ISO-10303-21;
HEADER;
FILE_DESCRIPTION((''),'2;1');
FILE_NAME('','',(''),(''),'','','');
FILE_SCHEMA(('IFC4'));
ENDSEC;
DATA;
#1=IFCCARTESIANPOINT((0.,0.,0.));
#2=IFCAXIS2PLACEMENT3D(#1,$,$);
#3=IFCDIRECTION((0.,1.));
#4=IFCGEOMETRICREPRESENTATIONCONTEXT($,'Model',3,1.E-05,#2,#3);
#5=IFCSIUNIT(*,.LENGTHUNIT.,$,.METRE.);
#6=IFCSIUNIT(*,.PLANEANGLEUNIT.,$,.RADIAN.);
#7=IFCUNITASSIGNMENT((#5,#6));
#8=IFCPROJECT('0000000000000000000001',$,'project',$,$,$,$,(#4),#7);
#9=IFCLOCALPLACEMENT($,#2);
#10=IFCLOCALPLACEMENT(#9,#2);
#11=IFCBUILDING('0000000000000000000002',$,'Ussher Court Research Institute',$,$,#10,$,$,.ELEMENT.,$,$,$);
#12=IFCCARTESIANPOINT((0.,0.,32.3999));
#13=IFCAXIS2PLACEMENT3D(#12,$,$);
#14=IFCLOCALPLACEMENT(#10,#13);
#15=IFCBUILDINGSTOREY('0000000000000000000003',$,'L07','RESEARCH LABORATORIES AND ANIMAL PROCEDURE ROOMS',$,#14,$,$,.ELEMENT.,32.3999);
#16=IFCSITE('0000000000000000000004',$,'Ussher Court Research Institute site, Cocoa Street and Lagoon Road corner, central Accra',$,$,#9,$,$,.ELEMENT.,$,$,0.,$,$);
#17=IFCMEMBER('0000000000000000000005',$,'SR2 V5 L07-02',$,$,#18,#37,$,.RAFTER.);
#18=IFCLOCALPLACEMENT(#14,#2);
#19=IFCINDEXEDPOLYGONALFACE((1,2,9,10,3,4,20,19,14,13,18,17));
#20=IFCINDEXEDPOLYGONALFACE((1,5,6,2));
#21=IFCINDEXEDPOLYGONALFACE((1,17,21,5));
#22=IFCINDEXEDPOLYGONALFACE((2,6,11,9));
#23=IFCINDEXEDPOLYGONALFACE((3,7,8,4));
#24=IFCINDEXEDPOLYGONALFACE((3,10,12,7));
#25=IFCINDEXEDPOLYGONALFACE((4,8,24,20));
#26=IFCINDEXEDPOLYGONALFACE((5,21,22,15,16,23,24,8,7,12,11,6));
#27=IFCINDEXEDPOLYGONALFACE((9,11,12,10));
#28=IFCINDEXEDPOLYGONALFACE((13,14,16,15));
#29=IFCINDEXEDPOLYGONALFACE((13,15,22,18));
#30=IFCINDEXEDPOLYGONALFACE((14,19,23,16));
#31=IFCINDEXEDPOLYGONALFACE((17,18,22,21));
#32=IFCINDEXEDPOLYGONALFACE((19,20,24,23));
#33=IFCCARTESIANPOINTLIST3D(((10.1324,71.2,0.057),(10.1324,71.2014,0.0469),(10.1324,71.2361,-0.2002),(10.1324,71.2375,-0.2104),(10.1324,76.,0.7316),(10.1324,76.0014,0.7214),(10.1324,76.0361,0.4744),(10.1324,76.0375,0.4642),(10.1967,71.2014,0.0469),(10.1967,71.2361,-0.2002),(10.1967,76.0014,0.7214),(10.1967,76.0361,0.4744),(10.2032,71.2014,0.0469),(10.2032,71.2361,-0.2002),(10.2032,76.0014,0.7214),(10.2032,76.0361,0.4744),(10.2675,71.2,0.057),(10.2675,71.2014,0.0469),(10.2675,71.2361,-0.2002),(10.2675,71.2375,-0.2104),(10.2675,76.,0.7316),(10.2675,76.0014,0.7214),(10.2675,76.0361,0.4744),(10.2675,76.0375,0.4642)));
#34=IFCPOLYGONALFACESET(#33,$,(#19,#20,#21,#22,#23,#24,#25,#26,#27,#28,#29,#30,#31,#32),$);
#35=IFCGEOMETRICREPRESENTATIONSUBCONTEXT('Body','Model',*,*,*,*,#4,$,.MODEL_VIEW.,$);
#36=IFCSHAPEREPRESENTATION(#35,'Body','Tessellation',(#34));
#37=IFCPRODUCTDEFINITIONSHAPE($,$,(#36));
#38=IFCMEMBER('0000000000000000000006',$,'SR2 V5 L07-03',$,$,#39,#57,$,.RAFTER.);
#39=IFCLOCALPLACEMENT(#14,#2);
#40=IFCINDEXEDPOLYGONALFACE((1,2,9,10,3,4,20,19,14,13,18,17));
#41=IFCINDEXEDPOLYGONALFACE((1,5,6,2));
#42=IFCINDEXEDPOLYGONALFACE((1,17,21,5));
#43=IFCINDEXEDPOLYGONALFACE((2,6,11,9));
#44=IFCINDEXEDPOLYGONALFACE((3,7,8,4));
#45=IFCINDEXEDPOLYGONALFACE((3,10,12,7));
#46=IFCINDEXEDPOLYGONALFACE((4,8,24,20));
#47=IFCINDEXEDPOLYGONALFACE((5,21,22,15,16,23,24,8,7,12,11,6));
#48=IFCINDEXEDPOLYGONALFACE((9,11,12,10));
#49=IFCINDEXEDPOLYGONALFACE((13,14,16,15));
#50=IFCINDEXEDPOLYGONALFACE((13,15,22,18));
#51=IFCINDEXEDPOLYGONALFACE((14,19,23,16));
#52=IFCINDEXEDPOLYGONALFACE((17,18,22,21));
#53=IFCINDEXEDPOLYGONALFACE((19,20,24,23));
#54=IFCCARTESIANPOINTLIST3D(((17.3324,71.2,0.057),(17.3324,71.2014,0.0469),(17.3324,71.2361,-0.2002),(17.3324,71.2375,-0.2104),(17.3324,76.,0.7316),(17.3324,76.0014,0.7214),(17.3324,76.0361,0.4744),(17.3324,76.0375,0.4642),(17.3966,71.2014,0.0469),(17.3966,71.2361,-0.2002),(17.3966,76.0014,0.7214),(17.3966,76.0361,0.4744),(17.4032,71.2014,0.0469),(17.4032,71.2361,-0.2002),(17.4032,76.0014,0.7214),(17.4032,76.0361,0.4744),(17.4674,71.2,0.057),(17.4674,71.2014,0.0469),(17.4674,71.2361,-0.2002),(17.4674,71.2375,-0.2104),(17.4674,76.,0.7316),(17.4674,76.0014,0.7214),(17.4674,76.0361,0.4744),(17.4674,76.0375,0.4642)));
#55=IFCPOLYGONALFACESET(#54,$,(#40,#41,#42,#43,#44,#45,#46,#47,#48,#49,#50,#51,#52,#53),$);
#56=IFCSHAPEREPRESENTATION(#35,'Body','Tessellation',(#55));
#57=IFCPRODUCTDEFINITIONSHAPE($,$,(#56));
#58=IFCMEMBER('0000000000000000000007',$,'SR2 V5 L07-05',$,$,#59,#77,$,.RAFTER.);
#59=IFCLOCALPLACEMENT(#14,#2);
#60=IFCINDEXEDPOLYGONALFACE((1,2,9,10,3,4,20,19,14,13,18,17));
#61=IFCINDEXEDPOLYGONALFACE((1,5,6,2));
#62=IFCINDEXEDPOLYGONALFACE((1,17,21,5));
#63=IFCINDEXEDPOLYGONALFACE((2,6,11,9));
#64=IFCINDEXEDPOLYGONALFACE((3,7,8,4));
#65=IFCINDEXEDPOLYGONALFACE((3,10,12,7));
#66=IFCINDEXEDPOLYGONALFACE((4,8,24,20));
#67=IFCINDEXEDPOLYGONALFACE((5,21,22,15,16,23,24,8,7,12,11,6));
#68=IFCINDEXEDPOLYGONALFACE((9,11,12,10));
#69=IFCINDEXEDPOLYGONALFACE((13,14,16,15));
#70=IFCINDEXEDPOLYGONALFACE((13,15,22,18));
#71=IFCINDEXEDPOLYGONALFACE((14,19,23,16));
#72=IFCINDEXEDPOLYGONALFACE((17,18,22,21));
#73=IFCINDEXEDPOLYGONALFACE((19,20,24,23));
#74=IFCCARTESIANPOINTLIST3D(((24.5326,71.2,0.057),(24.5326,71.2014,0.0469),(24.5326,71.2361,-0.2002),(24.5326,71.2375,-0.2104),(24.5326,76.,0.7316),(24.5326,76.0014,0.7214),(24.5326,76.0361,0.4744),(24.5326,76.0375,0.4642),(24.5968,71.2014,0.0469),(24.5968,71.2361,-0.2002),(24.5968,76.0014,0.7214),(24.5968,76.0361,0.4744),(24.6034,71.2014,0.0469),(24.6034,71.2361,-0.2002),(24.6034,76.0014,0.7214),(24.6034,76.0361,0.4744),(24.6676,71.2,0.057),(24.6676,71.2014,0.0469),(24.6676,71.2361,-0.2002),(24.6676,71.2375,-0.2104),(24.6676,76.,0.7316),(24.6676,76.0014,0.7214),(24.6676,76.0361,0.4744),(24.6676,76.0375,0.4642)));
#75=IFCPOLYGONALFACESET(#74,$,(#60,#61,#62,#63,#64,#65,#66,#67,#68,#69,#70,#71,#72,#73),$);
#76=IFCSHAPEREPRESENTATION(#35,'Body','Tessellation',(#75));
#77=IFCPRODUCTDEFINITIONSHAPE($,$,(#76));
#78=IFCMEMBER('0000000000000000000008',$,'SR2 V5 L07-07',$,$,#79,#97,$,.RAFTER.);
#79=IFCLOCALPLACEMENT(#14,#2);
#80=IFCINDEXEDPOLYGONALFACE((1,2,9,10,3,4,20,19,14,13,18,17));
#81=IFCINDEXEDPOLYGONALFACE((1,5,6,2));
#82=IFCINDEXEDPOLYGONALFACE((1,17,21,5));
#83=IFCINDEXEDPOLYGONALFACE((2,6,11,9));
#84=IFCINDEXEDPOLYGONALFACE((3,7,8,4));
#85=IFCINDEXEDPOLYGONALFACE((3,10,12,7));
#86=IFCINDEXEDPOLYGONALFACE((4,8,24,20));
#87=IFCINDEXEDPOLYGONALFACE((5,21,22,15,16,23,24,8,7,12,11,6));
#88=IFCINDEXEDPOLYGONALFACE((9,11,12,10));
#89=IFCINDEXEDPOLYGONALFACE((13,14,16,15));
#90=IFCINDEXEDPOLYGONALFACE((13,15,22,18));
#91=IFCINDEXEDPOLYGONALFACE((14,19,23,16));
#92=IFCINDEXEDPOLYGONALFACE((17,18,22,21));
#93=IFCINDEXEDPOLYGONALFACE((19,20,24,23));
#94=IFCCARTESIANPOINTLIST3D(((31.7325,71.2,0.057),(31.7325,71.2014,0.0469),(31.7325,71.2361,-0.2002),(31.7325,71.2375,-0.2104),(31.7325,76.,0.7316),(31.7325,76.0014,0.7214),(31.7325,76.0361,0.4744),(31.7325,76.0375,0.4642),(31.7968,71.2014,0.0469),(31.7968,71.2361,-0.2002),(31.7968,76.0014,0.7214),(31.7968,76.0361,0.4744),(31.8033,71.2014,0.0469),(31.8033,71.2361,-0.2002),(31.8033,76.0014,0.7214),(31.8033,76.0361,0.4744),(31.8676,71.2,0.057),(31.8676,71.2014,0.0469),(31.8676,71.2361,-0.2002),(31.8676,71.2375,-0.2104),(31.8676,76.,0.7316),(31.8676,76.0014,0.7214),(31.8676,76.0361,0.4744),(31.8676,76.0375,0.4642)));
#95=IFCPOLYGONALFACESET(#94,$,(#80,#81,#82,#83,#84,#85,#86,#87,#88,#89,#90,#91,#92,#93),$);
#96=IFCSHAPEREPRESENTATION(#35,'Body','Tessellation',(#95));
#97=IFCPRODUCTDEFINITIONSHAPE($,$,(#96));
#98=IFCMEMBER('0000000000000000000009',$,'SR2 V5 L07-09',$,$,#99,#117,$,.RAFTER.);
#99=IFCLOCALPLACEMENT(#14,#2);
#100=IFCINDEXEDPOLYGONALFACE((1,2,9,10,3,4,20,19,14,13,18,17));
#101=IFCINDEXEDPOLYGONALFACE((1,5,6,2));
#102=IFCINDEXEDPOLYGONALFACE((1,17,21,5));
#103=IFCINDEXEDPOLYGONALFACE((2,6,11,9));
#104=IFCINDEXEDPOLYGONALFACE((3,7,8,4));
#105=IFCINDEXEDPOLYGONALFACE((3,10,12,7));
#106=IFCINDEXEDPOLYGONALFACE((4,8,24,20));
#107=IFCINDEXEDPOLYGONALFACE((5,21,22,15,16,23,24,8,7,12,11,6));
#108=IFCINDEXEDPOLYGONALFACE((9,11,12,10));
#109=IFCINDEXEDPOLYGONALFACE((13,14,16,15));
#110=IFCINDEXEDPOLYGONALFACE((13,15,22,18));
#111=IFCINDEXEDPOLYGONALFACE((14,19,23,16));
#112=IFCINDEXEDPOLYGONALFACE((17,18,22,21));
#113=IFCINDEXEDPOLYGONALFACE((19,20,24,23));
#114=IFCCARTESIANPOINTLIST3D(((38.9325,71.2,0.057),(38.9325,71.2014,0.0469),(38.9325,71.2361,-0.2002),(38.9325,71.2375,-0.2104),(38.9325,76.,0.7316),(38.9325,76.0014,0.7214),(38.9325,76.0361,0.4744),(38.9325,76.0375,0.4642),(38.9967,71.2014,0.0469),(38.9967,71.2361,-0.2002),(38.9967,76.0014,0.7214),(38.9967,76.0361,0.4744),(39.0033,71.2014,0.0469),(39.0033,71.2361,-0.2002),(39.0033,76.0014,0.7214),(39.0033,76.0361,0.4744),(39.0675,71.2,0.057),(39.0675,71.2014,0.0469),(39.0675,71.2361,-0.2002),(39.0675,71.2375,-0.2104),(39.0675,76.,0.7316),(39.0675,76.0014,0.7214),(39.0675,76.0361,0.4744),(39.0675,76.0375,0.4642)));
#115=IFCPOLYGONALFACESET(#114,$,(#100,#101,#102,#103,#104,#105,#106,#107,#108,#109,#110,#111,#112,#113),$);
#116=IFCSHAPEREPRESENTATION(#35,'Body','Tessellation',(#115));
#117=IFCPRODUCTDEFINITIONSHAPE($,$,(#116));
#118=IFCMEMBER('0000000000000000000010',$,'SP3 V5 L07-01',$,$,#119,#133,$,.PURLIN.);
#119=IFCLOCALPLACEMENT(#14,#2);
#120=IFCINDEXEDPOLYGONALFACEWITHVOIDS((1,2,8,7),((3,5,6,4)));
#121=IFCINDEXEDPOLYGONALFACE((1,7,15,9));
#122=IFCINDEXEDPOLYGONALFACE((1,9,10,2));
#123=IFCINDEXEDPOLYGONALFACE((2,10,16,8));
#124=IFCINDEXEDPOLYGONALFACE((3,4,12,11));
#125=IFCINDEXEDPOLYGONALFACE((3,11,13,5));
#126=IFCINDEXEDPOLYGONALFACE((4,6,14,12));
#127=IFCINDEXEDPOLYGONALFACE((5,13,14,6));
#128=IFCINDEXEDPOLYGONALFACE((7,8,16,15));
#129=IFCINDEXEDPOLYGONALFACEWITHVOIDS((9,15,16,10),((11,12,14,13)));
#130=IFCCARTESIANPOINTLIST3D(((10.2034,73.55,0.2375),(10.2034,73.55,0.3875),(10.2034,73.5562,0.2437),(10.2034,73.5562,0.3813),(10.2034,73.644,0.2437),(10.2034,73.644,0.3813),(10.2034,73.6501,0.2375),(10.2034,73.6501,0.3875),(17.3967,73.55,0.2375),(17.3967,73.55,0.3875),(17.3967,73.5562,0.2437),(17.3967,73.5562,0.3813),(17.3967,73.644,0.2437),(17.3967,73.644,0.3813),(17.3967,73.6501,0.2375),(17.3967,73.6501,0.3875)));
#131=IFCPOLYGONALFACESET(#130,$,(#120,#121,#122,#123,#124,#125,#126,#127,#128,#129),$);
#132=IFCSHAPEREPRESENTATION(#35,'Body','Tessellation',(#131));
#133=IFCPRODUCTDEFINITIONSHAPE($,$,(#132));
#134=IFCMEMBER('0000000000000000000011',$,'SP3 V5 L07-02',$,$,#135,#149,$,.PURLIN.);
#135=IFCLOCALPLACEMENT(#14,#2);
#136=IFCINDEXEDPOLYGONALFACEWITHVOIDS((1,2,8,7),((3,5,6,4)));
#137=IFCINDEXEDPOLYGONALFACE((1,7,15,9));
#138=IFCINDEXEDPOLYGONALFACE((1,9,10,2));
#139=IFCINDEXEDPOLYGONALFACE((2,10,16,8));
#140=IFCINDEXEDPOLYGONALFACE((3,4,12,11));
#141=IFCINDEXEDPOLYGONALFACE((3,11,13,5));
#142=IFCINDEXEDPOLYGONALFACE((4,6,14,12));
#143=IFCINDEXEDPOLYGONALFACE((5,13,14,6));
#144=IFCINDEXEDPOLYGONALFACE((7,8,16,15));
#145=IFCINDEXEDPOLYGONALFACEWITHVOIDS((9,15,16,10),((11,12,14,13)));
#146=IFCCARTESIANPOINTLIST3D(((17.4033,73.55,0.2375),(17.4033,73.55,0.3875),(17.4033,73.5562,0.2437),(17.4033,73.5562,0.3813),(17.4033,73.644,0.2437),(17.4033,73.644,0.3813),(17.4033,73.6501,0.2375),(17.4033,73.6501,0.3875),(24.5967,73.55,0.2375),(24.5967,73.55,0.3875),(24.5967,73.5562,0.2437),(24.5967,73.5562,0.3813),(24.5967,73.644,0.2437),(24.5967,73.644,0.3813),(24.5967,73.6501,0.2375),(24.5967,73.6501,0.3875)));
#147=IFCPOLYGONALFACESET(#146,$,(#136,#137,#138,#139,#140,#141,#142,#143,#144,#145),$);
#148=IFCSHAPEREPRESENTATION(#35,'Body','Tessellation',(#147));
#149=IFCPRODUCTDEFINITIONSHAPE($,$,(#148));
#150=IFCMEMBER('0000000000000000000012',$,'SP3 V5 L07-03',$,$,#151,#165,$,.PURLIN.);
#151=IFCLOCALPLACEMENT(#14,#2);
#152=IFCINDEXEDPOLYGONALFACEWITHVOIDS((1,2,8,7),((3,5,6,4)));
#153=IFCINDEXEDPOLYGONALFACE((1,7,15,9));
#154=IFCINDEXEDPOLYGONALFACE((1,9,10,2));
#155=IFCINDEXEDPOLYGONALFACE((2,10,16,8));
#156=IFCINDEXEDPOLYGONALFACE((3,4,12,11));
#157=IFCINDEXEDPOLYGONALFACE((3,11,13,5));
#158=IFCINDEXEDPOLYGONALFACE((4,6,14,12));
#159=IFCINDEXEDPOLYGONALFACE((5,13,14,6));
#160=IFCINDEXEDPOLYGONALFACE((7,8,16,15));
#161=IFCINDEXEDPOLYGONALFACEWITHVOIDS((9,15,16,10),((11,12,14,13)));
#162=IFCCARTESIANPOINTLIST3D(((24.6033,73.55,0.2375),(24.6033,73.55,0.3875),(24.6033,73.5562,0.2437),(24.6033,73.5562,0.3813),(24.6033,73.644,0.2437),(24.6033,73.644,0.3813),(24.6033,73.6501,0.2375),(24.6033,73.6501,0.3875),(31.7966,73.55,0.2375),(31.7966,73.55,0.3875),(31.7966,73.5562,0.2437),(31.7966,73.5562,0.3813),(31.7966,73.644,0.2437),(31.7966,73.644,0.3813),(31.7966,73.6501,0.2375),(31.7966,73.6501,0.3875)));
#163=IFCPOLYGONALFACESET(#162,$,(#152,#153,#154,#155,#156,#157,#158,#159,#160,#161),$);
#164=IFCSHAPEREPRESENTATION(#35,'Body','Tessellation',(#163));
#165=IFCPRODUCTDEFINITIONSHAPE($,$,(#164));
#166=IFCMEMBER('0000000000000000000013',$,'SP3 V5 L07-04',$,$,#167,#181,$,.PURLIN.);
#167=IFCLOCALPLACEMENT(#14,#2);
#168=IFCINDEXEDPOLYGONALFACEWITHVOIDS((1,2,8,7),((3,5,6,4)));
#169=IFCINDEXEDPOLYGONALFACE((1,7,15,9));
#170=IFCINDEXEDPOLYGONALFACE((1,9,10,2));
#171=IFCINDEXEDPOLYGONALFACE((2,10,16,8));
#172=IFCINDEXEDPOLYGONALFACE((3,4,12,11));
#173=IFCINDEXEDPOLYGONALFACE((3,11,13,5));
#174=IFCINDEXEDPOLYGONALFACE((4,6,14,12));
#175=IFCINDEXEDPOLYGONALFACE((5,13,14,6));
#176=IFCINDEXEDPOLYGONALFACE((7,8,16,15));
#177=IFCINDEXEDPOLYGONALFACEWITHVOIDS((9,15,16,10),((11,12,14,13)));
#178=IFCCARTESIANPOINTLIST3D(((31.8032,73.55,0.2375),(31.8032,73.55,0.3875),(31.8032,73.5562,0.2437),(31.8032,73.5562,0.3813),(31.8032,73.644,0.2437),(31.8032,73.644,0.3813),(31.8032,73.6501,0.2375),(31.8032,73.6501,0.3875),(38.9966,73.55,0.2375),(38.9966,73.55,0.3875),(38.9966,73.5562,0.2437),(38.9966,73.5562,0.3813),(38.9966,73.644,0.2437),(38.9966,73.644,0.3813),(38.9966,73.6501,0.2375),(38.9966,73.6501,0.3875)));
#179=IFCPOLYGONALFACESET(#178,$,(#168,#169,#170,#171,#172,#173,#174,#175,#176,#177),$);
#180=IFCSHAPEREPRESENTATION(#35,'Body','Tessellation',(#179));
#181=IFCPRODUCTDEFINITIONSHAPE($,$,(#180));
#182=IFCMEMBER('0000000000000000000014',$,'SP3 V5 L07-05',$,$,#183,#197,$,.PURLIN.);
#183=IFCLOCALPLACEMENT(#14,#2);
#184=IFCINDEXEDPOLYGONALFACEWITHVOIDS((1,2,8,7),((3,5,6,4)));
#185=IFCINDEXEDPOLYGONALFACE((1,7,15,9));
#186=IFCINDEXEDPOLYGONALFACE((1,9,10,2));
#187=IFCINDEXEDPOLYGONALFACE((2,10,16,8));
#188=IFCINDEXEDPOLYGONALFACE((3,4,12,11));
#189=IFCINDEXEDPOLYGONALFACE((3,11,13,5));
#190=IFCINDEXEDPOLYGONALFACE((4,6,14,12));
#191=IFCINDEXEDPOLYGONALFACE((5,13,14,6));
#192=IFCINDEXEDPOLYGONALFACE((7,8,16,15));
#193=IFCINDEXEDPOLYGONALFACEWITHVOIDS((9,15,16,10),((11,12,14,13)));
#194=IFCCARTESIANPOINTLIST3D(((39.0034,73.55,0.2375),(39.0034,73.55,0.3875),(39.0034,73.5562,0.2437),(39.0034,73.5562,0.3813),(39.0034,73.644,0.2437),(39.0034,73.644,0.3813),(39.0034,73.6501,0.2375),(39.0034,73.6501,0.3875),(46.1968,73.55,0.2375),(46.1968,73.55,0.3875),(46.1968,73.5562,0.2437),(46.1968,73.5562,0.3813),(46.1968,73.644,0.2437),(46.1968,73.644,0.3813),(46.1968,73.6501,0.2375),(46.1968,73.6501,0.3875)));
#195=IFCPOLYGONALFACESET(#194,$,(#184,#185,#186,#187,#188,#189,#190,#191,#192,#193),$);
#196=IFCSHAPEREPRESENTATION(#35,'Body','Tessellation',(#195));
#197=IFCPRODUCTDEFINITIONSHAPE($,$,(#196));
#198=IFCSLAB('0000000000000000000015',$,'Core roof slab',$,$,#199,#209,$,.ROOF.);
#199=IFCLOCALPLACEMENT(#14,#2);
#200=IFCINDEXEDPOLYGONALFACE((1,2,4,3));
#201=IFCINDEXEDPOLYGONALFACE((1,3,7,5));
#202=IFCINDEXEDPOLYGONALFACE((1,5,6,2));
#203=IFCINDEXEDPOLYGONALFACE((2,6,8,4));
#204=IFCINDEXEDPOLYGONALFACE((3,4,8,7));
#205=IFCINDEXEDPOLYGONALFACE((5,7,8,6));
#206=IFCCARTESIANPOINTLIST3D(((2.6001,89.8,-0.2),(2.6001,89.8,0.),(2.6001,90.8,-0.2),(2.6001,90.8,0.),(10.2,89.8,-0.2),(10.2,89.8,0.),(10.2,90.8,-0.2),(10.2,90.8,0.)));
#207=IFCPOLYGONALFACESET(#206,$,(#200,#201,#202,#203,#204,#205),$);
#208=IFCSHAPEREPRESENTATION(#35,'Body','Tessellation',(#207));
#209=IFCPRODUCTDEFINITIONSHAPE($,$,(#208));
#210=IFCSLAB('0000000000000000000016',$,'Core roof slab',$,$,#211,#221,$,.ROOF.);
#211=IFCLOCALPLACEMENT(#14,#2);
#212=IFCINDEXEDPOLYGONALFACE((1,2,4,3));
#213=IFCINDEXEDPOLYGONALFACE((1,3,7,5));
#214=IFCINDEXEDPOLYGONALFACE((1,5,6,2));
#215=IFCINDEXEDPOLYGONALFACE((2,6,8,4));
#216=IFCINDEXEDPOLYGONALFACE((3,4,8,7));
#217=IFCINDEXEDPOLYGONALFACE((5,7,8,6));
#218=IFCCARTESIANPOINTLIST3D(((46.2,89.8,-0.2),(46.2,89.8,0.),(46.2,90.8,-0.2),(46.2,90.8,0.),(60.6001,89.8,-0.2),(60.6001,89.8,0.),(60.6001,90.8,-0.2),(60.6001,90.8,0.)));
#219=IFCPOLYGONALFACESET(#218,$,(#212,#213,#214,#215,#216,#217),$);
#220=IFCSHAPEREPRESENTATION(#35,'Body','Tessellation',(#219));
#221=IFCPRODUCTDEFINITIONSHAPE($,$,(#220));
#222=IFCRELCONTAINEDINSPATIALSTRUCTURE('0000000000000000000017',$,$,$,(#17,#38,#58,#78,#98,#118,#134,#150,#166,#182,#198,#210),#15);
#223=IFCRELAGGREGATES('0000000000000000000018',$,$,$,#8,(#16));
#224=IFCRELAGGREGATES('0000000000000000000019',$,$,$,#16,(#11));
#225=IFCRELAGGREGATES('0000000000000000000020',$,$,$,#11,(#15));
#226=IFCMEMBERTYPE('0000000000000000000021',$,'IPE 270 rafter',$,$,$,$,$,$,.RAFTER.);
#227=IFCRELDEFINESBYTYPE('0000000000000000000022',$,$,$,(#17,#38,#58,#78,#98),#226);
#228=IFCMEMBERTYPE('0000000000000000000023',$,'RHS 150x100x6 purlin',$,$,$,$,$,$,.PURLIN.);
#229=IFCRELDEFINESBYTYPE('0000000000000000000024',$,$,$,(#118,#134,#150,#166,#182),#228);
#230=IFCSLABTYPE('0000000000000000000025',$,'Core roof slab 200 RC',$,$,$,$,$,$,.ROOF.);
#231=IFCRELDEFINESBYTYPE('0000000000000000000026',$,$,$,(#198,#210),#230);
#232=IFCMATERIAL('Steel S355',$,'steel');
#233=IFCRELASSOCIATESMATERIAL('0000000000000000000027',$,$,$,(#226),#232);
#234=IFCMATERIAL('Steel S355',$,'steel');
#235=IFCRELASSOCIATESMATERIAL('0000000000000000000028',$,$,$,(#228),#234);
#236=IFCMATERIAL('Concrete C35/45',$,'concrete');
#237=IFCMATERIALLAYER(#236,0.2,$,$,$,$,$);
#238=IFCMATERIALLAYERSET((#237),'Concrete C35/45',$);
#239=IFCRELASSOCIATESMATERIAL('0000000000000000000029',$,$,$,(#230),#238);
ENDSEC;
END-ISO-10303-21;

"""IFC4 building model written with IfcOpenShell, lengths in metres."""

from ifc_helpers import new_model, si_unit, direction, frame, origin, origin_2d, place, context, subcontext, project, spatial, polyline, hollow_rectangle, i_section, outline, extrude, material, layer, layer_set, material_profile, profile_set, type_object, element, save


model = new_model("IFC4")

# Units and contexts
model_context = context("Model", 3, precision=1e-05, world=origin(), true_north=direction((0.0, 1.0)))
body_context = subcontext(model_context, "Body", "Model", "MODEL_VIEW")
ifc_project = project(units=[si_unit("LENGTHUNIT", "METRE"), si_unit("PLANEANGLEUNIT", "RADIAN")], contexts=[model_context])

# Site, building, storey
site_placement = place(None, origin())
site = spatial("IfcSite", under=ifc_project, at=site_placement, Name="Ussher Court Research Institute site, Cocoa Street and Lagoon Road corner, central Accra", CompositionType="ELEMENT", RefElevation=0.0)
building_placement = place(site_placement, origin())
building = spatial("IfcBuilding", under=site, at=building_placement, Name="Ussher Court Research Institute", CompositionType="ELEMENT")
storey_placement = place(building_placement, frame((0.0, 0.0, 32.3999)))
storey = spatial("IfcBuildingStorey", under=building, at=storey_placement, Name="L07", Description="RESEARCH LABORATORIES AND ANIMAL PROCEDURE ROOMS", CompositionType="ELEMENT", Elevation=32.3999)

# Members
ifc_material_1 = material(Name="Steel S355", Category="steel")
ifc_material_profile_1 = material_profile(ifc_material_1, i_section(OverallWidth=0.135, OverallDepth=0.27, WebThickness=0.0066, FlangeThickness=0.0103, at=origin_2d()), Name="IPE 270")
ifc_profile_set_1 = profile_set([ifc_material_profile_1], Name="Steel S355")
member_type_1 = type_object("IfcMemberType", Name="IPE 270 rafter", PredefinedType="RAFTER", material=ifc_profile_set_1)
for number, where, z_axis, x_axis, name in (
    (1, (10.2, 71.2188, -0.0767), (0.0, 0.990269, 0.139165), (-1.0, 0.0, 0.0), "SR2 V5 L07-02"),
    (2, (17.3999, 71.2188, -0.0767), (0.0, 0.990269, 0.139165), (-1.0, 0.0, 0.0), "SR2 V5 L07-03"),
    (3, (24.6001, 71.2188, -0.0767), (0.0, 0.990269, 0.139165), (-1.0, 0.0, 0.0), "SR2 V5 L07-05"),
    (4, (31.8, 71.2188, -0.0767), (0.0, 0.990269, 0.139165), (-1.0, 0.0, 0.0), "SR2 V5 L07-07"),
    (5, (39.0, 71.2188, -0.0767), (0.0, 0.990269, 0.139165), (-1.0, 0.0, 0.0), "SR2 V5 L07-09"),
):
    element("IfcMember", number, at=place(storey_placement, frame(where, z_axis=z_axis, x_axis=x_axis)), inside=storey, type_object=member_type_1, Name=name, PredefinedType="RAFTER", context=body_context, shape_type="SweptSolid", body=[
        extrude(i_section(OverallWidth=0.135, OverallDepth=0.27, WebThickness=0.0066, FlangeThickness=0.0103, at=origin_2d()), origin(), (0.0, 0.0, 1.0), 4.8472),
    ])
ifc_material_2 = material(Name="Steel S355", Category="steel")
ifc_material_profile_2 = material_profile(ifc_material_2, hollow_rectangle(XDim=0.1001, YDim=0.1499, WallThickness=0.0061, at=origin_2d()), Name="RHS 150x100x6")
ifc_profile_set_2 = profile_set([ifc_material_profile_2], Name="Steel S355")
member_type_2 = type_object("IfcMemberType", Name="RHS 150x100x6 purlin", PredefinedType="PURLIN", material=ifc_profile_set_2)
for number, where, z_axis, x_axis, name in (
    (6, (10.2034, 73.6001, 0.3125), (1.0, 0.0, 0.0), (0.0, 1.0, 0.0), "SP3 V5 L07-01"),
    (7, (17.4033, 73.6001, 0.3125), (1.0, 0.0, 0.0), (0.0, 1.0, 0.0), "SP3 V5 L07-02"),
    (8, (24.6033, 73.6001, 0.3125), (1.0, 0.0, 0.0), (0.0, 1.0, 0.0), "SP3 V5 L07-03"),
    (9, (31.8032, 73.6001, 0.3125), (1.0, 0.0, 0.0), (0.0, 1.0, 0.0), "SP3 V5 L07-04"),
    (10, (39.0034, 73.6001, 0.3125), (1.0, 0.0, 0.0), (0.0, 1.0, 0.0), "SP3 V5 L07-05"),
):
    element("IfcMember", number, at=place(storey_placement, frame(where, z_axis=z_axis, x_axis=x_axis)), inside=storey, type_object=member_type_2, Name=name, PredefinedType="PURLIN", context=body_context, shape_type="SweptSolid", body=[
        extrude(hollow_rectangle(XDim=0.1001, YDim=0.1499, WallThickness=0.0061, at=origin_2d()), origin(), (0.0, 0.0, 1.0), 7.1934),
    ])

# Slabs
ifc_material_3 = material(Name="Concrete C35/45", Category="concrete")
ifc_layer_1 = layer(ifc_material_3, 0.2)
ifc_layer_set_1 = layer_set([ifc_layer_1], Name="Concrete C35/45")
slab_type_1 = type_object("IfcSlabType", Name="Core roof slab 200 RC", PredefinedType="ROOF", material=ifc_layer_set_1)
slab_1_placement = place(storey_placement, frame((0.0, 0.0, -0.2)))
element("IfcSlab", 11, at=slab_1_placement, inside=storey, type_object=slab_type_1, Name="Core roof slab", PredefinedType="ROOF", context=body_context, shape_type="SweptSolid", body=[
    extrude(outline(polyline([(10.2, 89.8), (2.6001, 89.8), (2.6001, 90.8), (10.2, 90.8), (10.2, 89.8)])), origin(), (0.0, 0.0, 1.0), 0.2),
])
slab_2_placement = place(storey_placement, frame((0.0, 0.0, -0.2)))
element("IfcSlab", 12, at=slab_2_placement, inside=storey, type_object=slab_type_1, Name="Core roof slab", PredefinedType="ROOF", context=body_context, shape_type="SweptSolid", body=[
    extrude(outline(polyline([(60.6001, 90.8), (60.6001, 89.8), (46.2, 89.8), (46.2, 90.8), (60.6001, 90.8)])), origin(), (0.0, 0.0, 1.0), 0.2),
])

save(model, "model.ifc")
